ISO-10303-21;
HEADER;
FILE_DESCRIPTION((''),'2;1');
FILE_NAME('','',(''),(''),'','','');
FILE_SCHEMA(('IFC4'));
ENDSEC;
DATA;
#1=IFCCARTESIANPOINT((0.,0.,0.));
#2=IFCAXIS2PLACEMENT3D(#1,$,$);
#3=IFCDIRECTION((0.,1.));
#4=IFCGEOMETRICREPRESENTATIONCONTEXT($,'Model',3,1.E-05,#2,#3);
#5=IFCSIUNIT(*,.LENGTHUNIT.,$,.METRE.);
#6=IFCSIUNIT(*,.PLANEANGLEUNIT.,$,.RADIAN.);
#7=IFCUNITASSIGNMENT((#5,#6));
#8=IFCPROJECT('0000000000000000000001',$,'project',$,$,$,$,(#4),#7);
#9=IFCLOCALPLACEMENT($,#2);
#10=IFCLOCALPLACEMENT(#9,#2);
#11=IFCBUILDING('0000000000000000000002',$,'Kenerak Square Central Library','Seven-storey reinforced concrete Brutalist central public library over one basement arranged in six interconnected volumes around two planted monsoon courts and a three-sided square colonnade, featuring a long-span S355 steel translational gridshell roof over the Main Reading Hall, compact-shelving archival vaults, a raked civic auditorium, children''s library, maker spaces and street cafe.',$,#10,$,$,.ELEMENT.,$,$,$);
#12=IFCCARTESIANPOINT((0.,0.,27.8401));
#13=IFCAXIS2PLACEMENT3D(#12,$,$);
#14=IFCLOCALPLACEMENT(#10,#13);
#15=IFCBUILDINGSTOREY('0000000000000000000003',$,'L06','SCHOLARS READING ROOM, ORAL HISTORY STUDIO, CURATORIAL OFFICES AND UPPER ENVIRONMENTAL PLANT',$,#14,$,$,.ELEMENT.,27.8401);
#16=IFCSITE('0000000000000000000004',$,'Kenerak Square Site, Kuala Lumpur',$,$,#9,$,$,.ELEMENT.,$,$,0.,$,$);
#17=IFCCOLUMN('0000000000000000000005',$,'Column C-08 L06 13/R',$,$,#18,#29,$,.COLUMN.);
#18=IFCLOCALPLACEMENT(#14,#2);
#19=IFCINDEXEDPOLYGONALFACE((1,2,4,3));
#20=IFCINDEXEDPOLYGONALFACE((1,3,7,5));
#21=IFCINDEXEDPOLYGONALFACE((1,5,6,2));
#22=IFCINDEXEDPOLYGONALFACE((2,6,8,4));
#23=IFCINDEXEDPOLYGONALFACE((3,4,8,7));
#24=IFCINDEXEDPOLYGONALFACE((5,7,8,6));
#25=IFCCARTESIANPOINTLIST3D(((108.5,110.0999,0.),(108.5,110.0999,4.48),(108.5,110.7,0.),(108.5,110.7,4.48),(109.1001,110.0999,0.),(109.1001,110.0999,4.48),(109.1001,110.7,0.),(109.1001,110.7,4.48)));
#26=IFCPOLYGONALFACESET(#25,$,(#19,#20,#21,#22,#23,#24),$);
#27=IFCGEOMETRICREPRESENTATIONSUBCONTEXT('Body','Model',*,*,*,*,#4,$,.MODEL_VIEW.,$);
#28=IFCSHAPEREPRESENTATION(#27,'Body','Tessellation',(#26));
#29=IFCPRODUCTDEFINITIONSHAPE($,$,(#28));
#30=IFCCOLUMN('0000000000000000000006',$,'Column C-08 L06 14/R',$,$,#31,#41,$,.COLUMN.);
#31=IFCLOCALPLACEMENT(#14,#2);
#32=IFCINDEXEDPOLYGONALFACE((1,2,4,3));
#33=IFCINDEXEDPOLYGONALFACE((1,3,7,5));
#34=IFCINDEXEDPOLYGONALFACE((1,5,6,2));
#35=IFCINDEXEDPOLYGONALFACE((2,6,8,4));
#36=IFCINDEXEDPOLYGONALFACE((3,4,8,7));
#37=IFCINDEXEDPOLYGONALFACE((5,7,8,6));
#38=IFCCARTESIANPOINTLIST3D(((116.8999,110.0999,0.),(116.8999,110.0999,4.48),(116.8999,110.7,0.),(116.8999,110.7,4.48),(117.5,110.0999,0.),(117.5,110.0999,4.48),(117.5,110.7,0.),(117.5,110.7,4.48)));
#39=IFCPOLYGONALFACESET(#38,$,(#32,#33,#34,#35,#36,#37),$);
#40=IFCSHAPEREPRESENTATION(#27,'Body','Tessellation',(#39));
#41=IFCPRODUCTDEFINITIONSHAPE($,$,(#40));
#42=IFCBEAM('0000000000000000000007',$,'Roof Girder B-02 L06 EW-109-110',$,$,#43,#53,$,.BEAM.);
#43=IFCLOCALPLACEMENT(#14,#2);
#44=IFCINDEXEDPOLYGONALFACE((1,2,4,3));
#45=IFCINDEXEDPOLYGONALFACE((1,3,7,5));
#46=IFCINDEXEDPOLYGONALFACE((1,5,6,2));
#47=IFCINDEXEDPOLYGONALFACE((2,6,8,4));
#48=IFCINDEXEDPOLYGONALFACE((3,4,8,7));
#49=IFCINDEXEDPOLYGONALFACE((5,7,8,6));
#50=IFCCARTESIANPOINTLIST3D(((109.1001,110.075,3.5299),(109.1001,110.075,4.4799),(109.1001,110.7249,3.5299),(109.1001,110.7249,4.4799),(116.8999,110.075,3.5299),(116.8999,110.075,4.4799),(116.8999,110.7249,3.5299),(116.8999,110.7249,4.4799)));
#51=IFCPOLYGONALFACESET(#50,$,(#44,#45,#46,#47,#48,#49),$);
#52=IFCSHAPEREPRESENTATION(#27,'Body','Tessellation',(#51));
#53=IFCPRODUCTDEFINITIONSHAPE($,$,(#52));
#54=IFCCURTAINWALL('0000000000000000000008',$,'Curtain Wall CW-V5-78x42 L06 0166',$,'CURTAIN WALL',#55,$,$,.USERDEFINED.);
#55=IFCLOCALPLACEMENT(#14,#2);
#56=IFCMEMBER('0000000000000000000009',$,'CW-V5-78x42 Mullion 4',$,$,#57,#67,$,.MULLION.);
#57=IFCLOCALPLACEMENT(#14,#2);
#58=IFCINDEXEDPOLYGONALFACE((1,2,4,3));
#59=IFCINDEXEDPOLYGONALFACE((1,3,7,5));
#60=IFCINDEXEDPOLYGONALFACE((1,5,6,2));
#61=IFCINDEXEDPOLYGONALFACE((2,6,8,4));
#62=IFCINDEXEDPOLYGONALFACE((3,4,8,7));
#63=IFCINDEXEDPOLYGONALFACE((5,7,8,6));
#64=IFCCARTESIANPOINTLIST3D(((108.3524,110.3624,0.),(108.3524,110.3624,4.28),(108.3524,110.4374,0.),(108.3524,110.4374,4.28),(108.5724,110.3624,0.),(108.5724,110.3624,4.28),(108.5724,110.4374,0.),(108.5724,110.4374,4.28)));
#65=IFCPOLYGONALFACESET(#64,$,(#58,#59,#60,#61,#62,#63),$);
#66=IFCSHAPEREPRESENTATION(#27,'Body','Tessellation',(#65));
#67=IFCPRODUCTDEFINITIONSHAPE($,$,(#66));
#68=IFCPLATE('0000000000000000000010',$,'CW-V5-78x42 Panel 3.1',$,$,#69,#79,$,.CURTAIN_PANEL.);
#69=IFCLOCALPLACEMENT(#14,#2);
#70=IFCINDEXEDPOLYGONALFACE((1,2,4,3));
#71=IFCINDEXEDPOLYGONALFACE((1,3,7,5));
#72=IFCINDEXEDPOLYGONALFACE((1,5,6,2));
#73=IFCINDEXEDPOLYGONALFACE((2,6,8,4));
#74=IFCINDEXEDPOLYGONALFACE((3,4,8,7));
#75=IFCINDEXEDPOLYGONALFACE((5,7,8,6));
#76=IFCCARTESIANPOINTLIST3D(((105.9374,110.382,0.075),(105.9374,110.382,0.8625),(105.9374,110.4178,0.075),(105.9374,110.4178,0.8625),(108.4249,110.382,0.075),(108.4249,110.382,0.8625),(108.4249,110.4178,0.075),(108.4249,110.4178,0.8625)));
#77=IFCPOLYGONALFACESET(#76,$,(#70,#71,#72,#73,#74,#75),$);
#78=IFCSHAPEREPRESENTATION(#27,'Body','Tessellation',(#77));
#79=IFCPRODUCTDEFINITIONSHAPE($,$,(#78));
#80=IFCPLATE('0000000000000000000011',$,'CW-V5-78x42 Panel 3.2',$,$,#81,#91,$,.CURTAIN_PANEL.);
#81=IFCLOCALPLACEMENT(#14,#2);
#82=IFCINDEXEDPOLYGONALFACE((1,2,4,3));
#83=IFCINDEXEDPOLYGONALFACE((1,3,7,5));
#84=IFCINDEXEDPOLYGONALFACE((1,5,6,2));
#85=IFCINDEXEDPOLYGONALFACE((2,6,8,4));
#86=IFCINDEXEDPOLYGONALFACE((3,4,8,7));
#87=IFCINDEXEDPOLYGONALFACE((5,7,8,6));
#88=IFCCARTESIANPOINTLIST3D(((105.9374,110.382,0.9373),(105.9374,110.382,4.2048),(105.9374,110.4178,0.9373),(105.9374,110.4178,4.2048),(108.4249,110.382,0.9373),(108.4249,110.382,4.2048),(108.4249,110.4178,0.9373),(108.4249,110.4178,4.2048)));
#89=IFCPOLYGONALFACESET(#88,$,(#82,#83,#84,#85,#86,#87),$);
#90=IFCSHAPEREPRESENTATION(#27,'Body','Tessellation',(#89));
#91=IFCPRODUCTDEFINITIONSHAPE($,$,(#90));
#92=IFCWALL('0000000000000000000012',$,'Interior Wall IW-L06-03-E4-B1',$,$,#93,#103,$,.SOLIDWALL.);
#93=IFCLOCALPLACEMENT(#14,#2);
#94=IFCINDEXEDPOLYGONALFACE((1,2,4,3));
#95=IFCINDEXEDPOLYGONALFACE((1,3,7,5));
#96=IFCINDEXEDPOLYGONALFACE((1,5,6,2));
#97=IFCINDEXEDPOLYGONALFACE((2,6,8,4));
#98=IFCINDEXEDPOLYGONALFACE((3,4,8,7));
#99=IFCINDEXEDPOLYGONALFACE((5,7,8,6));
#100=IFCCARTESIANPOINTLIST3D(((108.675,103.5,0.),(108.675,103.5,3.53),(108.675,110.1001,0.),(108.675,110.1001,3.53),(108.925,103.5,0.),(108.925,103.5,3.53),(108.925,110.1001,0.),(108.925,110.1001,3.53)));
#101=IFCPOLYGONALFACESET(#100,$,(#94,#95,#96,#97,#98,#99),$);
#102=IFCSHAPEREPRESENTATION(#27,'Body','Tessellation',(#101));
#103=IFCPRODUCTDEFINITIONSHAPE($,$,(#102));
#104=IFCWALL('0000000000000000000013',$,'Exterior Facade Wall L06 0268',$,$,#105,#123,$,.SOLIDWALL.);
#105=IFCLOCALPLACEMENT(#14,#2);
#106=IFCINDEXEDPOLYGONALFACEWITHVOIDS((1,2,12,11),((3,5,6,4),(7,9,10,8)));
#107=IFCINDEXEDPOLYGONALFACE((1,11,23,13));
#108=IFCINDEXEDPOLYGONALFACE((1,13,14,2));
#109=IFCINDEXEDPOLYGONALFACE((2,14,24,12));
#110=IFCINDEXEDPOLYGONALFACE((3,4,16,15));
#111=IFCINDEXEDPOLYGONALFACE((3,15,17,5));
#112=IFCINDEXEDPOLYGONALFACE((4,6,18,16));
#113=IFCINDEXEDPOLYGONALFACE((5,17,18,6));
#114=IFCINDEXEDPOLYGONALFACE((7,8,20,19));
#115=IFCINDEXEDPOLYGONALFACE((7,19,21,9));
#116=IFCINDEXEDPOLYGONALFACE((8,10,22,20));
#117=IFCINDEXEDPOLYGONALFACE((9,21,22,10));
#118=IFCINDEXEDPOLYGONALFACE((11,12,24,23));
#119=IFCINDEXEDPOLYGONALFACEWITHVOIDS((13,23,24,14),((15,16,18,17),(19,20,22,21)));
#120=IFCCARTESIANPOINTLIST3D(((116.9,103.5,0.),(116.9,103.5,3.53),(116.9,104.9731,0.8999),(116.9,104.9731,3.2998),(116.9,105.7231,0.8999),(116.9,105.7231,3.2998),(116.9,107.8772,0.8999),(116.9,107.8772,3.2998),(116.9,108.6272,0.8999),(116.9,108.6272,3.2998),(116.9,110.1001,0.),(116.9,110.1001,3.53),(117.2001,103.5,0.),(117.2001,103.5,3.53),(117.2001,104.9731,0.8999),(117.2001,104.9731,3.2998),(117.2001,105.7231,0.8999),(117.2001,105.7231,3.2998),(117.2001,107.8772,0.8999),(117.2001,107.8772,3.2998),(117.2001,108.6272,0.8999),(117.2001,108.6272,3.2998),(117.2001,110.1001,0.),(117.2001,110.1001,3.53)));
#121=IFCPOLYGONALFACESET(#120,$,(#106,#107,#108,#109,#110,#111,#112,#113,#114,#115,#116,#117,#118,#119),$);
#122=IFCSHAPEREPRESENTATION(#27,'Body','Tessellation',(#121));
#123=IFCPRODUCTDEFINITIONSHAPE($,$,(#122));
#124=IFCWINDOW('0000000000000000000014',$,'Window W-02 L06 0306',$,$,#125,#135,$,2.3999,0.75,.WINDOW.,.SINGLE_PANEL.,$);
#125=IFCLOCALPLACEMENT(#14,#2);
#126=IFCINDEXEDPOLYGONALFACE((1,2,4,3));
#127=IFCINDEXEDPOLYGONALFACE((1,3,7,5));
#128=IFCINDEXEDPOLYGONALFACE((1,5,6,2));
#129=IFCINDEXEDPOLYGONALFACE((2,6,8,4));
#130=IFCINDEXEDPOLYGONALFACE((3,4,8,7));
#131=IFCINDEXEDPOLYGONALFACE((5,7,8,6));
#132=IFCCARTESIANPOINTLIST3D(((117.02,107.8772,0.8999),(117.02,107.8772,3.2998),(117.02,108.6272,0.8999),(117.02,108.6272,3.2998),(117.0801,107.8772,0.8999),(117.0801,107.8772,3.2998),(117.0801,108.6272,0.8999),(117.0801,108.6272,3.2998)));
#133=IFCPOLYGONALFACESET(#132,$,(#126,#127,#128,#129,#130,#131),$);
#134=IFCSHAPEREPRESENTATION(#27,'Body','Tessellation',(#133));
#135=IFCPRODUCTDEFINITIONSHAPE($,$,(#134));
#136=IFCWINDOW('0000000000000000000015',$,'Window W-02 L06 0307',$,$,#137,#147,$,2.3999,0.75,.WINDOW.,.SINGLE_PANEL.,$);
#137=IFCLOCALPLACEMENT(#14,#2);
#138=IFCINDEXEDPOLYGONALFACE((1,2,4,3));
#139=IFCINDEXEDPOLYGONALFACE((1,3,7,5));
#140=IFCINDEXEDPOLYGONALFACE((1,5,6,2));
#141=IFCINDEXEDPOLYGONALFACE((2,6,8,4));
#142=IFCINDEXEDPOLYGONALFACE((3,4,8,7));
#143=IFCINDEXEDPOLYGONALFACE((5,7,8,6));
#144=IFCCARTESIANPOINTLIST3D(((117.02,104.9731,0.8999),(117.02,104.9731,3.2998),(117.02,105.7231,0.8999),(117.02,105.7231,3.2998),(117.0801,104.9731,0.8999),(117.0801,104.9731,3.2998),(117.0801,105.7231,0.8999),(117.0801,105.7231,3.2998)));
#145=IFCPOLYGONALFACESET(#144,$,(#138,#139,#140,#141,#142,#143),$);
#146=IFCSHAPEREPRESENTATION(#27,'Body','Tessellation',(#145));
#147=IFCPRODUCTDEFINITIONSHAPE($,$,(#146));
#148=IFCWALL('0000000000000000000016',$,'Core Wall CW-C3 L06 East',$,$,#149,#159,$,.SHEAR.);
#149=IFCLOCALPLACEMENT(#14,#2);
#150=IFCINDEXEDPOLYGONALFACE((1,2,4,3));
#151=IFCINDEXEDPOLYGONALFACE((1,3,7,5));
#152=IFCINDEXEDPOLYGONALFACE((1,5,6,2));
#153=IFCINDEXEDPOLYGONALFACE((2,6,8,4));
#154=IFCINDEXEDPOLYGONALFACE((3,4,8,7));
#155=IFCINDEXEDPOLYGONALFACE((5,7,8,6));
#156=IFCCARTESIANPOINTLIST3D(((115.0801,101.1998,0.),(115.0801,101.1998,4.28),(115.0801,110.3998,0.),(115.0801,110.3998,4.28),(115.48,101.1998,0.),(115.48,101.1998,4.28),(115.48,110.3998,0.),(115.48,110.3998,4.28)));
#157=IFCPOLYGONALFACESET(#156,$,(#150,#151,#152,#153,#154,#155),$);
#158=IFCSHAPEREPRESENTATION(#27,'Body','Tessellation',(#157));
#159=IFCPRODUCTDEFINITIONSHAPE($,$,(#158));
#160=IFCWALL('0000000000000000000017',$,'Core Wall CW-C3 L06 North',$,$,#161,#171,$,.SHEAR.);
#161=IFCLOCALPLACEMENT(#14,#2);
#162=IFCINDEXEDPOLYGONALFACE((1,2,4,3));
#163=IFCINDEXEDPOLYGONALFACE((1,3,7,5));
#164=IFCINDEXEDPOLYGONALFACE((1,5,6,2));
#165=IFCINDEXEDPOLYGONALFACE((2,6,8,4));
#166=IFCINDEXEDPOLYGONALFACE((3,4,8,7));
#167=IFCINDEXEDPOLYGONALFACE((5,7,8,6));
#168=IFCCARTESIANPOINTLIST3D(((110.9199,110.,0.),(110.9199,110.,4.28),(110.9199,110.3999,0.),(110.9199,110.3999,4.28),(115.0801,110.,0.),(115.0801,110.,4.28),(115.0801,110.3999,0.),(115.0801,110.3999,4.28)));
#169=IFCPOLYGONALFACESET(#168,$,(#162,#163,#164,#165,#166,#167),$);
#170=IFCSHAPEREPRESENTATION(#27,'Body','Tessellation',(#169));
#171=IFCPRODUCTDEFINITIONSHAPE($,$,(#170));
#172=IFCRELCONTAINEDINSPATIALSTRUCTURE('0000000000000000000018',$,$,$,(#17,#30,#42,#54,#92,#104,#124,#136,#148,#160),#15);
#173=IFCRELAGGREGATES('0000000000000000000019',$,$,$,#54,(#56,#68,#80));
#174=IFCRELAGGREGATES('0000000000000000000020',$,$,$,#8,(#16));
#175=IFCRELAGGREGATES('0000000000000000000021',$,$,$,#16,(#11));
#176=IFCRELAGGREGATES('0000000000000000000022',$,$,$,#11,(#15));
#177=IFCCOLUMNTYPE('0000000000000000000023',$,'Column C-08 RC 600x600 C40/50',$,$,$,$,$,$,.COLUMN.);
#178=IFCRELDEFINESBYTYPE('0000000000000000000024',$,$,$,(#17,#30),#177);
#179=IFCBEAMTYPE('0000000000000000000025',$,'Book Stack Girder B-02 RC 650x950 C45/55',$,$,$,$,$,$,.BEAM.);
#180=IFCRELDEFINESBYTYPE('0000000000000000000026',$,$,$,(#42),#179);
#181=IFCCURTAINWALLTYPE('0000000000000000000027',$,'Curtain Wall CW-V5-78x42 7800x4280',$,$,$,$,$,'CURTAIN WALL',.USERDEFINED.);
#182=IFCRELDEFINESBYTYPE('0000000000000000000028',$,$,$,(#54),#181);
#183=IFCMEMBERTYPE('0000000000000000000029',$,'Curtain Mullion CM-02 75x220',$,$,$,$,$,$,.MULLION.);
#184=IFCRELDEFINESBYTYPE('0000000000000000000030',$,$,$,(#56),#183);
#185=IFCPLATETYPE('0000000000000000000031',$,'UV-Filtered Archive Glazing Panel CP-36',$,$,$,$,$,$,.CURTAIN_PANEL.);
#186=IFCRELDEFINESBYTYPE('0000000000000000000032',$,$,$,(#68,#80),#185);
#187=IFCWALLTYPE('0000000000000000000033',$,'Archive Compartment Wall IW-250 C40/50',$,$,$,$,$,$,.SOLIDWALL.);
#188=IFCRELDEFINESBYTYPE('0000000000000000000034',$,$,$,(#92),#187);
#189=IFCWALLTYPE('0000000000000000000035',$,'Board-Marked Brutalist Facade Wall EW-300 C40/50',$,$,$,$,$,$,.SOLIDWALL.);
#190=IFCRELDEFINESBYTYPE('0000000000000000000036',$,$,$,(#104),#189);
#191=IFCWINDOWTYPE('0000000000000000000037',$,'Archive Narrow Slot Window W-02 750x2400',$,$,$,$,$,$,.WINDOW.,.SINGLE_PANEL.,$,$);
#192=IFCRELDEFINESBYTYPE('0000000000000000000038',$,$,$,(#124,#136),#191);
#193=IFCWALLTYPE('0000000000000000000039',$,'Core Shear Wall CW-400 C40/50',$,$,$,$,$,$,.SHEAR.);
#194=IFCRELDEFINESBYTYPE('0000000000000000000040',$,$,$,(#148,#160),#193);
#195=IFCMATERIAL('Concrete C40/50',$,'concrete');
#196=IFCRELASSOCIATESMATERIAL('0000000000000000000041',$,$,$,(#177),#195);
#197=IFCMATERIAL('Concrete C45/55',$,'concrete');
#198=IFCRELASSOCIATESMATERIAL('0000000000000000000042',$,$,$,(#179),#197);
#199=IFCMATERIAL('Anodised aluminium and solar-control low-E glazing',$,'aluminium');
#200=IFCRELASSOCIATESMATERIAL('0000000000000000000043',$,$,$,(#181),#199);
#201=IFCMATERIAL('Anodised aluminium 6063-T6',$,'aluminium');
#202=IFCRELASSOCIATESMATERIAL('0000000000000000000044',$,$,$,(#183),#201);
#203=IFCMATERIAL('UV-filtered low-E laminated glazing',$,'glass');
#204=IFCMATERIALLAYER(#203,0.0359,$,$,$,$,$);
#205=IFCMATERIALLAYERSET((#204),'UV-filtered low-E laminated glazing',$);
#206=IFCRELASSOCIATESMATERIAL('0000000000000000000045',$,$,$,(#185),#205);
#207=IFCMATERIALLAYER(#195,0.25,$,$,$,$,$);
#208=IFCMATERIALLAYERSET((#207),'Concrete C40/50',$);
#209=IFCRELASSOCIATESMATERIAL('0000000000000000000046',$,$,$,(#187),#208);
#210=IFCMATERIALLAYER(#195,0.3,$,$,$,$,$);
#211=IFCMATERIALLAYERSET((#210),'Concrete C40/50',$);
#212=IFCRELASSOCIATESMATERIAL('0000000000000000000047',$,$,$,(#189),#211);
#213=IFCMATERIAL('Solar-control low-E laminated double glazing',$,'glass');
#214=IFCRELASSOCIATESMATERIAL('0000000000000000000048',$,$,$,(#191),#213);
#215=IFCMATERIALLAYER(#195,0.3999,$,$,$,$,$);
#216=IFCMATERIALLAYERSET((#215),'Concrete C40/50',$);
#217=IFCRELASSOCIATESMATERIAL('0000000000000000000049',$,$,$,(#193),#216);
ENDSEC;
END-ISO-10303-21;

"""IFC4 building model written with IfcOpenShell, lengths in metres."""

from ifc_helpers import new_model, si_unit, direction, frame, frame_2d, origin, origin_2d, place, context, subcontext, project, spatial, rectangle, extrude, material, layer, layer_set, material_profile, profile_set, type_object, element, fill, aggregate, save


model = new_model("IFC4")

# Units and contexts
model_context = context("Model", 3, precision=1e-05, world=origin(), true_north=direction((0.0, 1.0)))
body_context = subcontext(model_context, "Body", "Model", "MODEL_VIEW")
ifc_project = project(units=[si_unit("LENGTHUNIT", "METRE"), si_unit("PLANEANGLEUNIT", "RADIAN")], contexts=[model_context])

# Site, building, storey
site_placement = place(None, origin())
site = spatial("IfcSite", under=ifc_project, at=site_placement, Name="Kenerak Square Site, Kuala Lumpur", CompositionType="ELEMENT", RefElevation=0.0)
building_placement = place(site_placement, origin())
building = spatial("IfcBuilding", under=site, at=building_placement, Name="Kenerak Square Central Library", Description="Seven-storey reinforced concrete Brutalist central public library over one basement arranged in six interconnected volumes around two planted monsoon courts and a three-sided square colonnade, featuring a long-span S355 steel translational gridshell roof over the Main Reading Hall, compact-shelving archival vaults, a raked civic auditorium, children's library, maker spaces and street cafe.", CompositionType="ELEMENT")
storey_placement = place(building_placement, frame((0.0, 0.0, 27.8401)))
storey = spatial("IfcBuildingStorey", under=building, at=storey_placement, Name="L06", Description="SCHOLARS READING ROOM, ORAL HISTORY STUDIO, CURATORIAL OFFICES AND UPPER ENVIRONMENTAL PLANT", CompositionType="ELEMENT", Elevation=27.8401)

# Columns
ifc_material_1 = material(Name="Concrete C40/50", Category="concrete")
ifc_material_profile_1 = material_profile(ifc_material_1, rectangle(XDim=0.6001, YDim=0.6001, at=origin_2d()), Name="RC 600x600")
ifc_profile_set_1 = profile_set([ifc_material_profile_1], Name="Concrete C40/50")
column_type = type_object("IfcColumnType", Name="Column C-08 RC 600x600 C40/50", PredefinedType="COLUMN", material=ifc_profile_set_1)
for number, where, z_axis, x_axis, name in (
    (1, (108.8, 110.3999, 0.0), (0.0, 0.0, 1.0), (1.0, 0.0, 0.0), "Column C-08 L06 13/R"),
    (2, (117.2, 110.3999, 0.0), (0.0, 0.0, 1.0), (1.0, 0.0, 0.0), "Column C-08 L06 14/R"),
):
    element("IfcColumn", number, at=place(storey_placement, frame(where, z_axis=z_axis, x_axis=x_axis)), inside=storey, type_object=column_type, Name=name, PredefinedType="COLUMN", context=body_context, shape_type="SweptSolid", body=[
        extrude(rectangle(XDim=0.6001, YDim=0.6001, at=origin_2d()), origin(), (0.0, 0.0, 1.0), 4.48),
    ])

# Beam
ifc_material_2 = material(Name="Concrete C45/55", Category="concrete")
ifc_material_profile_2 = material_profile(ifc_material_2, rectangle(XDim=0.6499, YDim=0.95, at=origin_2d()), Name="RC 650x950")
ifc_profile_set_2 = profile_set([ifc_material_profile_2], Name="Concrete C45/55")
beam_type = type_object("IfcBeamType", Name="Book Stack Girder B-02 RC 650x950 C45/55", PredefinedType="BEAM", material=ifc_profile_set_2)
beam_placement = place(storey_placement, frame((109.1001, 110.3999, 4.0049), z_axis=(1.0, 0.0, 0.0), x_axis=(0.0, 1.0, 0.0)))
element("IfcBeam", 3, at=beam_placement, inside=storey, type_object=beam_type, Name="Roof Girder B-02 L06 EW-109-110", PredefinedType="BEAM", context=body_context, shape_type="SweptSolid", body=[
    extrude(rectangle(XDim=0.6499, YDim=0.95, at=origin_2d()), origin(), (0.0, 0.0, 1.0), 7.7998),
])

# Curtain wall, member, plates
ifc_material_3 = material(Name="Anodised aluminium and solar-control low-E glazing", Category="aluminium")
curtain_wall_type = type_object("IfcCurtainWallType", Name="Curtain Wall CW-V5-78x42 7800x4280", ElementType="CURTAIN WALL", PredefinedType="USERDEFINED", material=ifc_material_3)
curtain_wall_placement = place(storey_placement, origin())
curtain_wall = element("IfcCurtainWall", 4, at=curtain_wall_placement, inside=storey, type_object=curtain_wall_type, Name="Curtain Wall CW-V5-78x42 L06 0166", ObjectType="CURTAIN WALL", PredefinedType="USERDEFINED")
ifc_material_4 = material(Name="Anodised aluminium 6063-T6", Category="aluminium")
ifc_material_profile_3 = material_profile(ifc_material_4, rectangle(XDim=0.075, YDim=0.22, at=origin_2d()), Name="AL MULLION 75x220")
ifc_profile_set_3 = profile_set([ifc_material_profile_3], Name="Anodised aluminium 6063-T6")
member_type = type_object("IfcMemberType", Name="Curtain Mullion CM-02 75x220", PredefinedType="MULLION", material=ifc_profile_set_3)
member_placement = place(storey_placement, frame((108.4624, 110.3999, 0.0), z_axis=(0.0, 0.0, 1.0), x_axis=(0.0, 1.0, 0.0)))
member = element("IfcMember", 5, at=member_placement, type_object=member_type, Name="CW-V5-78x42 Mullion 4", PredefinedType="MULLION", context=body_context, shape_type="SweptSolid", body=[
    extrude(rectangle(XDim=0.075, YDim=0.22, at=origin_2d()), origin(), (0.0, 0.0, 1.0), 4.28),
])
ifc_material_5 = material(Name="UV-filtered low-E laminated glazing", Category="glass")
ifc_layer_1 = layer(ifc_material_5, 0.0359)
ifc_layer_set_1 = layer_set([ifc_layer_1], Name="UV-filtered low-E laminated glazing")
plate_type = type_object("IfcPlateType", Name="UV-Filtered Archive Glazing Panel CP-36", PredefinedType="CURTAIN_PANEL", material=ifc_layer_set_1)
plate_1_placement = place(storey_placement, frame((107.1812, 110.3999, 0.075), z_axis=(0.0, 0.0, 1.0), x_axis=(1.0, 0.0, 0.0)))
plate_1 = element("IfcPlate", 6, at=plate_1_placement, type_object=plate_type, Name="CW-V5-78x42 Panel 3.1", PredefinedType="CURTAIN_PANEL", context=body_context, shape_type="SweptSolid", body=[
    extrude(rectangle(XDim=2.4875, YDim=0.0359, at=origin_2d()), origin(), (0.0, 0.0, 1.0), 0.7876),
])
plate_2_placement = place(storey_placement, frame((107.1812, 110.3999, 0.9373), z_axis=(0.0, 0.0, 1.0), x_axis=(1.0, 0.0, 0.0)))
plate_2 = element("IfcPlate", 7, at=plate_2_placement, type_object=plate_type, Name="CW-V5-78x42 Panel 3.2", PredefinedType="CURTAIN_PANEL", context=body_context, shape_type="SweptSolid", body=[
    extrude(rectangle(XDim=2.4875, YDim=0.0359, at=origin_2d()), origin(), (0.0, 0.0, 1.0), 3.2676),
])
aggregate(curtain_wall, [member, plate_1, plate_2])

# Wall
ifc_layer_2 = layer(ifc_material_1, 0.25)
ifc_layer_set_2 = layer_set([ifc_layer_2], Name="Concrete C40/50")
wall_type_1 = type_object("IfcWallType", Name="Archive Compartment Wall IW-250 C40/50", PredefinedType="SOLIDWALL", material=ifc_layer_set_2)
wall_1_placement = place(storey_placement, frame((108.8, 110.1001, 0.0), z_axis=(0.0, 0.0, 1.0), x_axis=(0.0, -1.0, 0.0)))
element("IfcWall", 8, at=wall_1_placement, inside=storey, type_object=wall_type_1, Name="Interior Wall IW-L06-03-E4-B1", PredefinedType="SOLIDWALL", context=body_context, shape_type="SweptSolid", body=[
    extrude(rectangle(XDim=6.6001, YDim=0.25, at=frame_2d((3.3, 0.0))), origin(), (0.0, 0.0, 1.0), 3.53),
])

# Wall, openings, windows
ifc_layer_3 = layer(ifc_material_1, 0.3)
ifc_layer_set_3 = layer_set([ifc_layer_3], Name="Concrete C40/50")
wall_type_2 = type_object("IfcWallType", Name="Board-Marked Brutalist Facade Wall EW-300 C40/50", PredefinedType="SOLIDWALL", material=ifc_layer_set_3)
wall_2_placement = place(storey_placement, frame((117.05, 110.1001, 0.0), z_axis=(0.0, 0.0, 1.0), x_axis=(0.0, -1.0, 0.0)))
wall_2 = element("IfcWall", 9, at=wall_2_placement, inside=storey, type_object=wall_type_2, Name="Exterior Facade Wall L06 0268", PredefinedType="SOLIDWALL", context=body_context, shape_type="SweptSolid", body=[
    extrude(rectangle(XDim=6.6001, YDim=0.3, at=frame_2d((3.3, 0.0))), origin(), (0.0, 0.0, 1.0), 3.53),
])
opening_1_placement = place(wall_2_placement, frame((1.4729, 0.0, 0.8999)))
opening_1 = element("IfcOpeningElement", 10, at=opening_1_placement, cuts=wall_2, PredefinedType="OPENING", context=body_context, shape_type="SweptSolid", body=[
    extrude(rectangle(XDim=0.75, YDim=2.3999, at=frame_2d((0.375, 1.2))), frame((0.0, 0.1599, 0.0), z_axis=(0.0, -1.0, 0.0), x_axis=(1.0, 0.0, 0.0)), (0.0, 0.0, 1.0), 0.3201),
])
opening_2_placement = place(wall_2_placement, frame((4.377, 0.0, 0.8999)))
opening_2 = element("IfcOpeningElement", 11, at=opening_2_placement, cuts=wall_2, PredefinedType="OPENING", context=body_context, shape_type="SweptSolid", body=[
    extrude(rectangle(XDim=0.75, YDim=2.3999, at=frame_2d((0.375, 1.2))), frame((0.0, 0.1599, 0.0), z_axis=(0.0, -1.0, 0.0), x_axis=(1.0, 0.0, 0.0)), (0.0, 0.0, 1.0), 0.3201),
])
ifc_material_6 = material(Name="Solar-control low-E laminated double glazing", Category="glass")
window_type = type_object("IfcWindowType", Name="Archive Narrow Slot Window W-02 750x2400", PartitioningType="SINGLE_PANEL", PredefinedType="WINDOW", material=ifc_material_6)
window_1_placement = place(opening_1_placement, origin())
window_1 = element("IfcWindow", 12, at=window_1_placement, inside=storey, type_object=window_type, Name="Window W-02 L06 0306", OverallHeight=2.3999, OverallWidth=0.75, PartitioningType="SINGLE_PANEL", PredefinedType="WINDOW", context=body_context, shape_type="SweptSolid", body=[
    extrude(rectangle(XDim=0.75, YDim=2.3999, at=frame_2d((0.375, 1.2))), frame((0.0, 0.03, 0.0), z_axis=(0.0, -1.0, 0.0), x_axis=(1.0, 0.0, 0.0)), (0.0, 0.0, 1.0), 0.0601),
])
fill(opening_1, window_1)
window_2_placement = place(opening_2_placement, origin())
window_2 = element("IfcWindow", 13, at=window_2_placement, inside=storey, type_object=window_type, Name="Window W-02 L06 0307", OverallHeight=2.3999, OverallWidth=0.75, PartitioningType="SINGLE_PANEL", PredefinedType="WINDOW", context=body_context, shape_type="SweptSolid", body=[
    extrude(rectangle(XDim=0.75, YDim=2.3999, at=frame_2d((0.375, 1.2))), frame((0.0, 0.03, 0.0), z_axis=(0.0, -1.0, 0.0), x_axis=(1.0, 0.0, 0.0)), (0.0, 0.0, 1.0), 0.0601),
])
fill(opening_2, window_2)

# Walls
ifc_layer_4 = layer(ifc_material_1, 0.3999)
ifc_layer_set_4 = layer_set([ifc_layer_4], Name="Concrete C40/50")
wall_type_3 = type_object("IfcWallType", Name="Core Shear Wall CW-400 C40/50", PredefinedType="SHEAR", material=ifc_layer_set_4)
wall_3_placement = place(storey_placement, frame((115.28, 110.3999, 0.0), z_axis=(0.0, 0.0, 1.0), x_axis=(0.0, -1.0, 0.0)))
element("IfcWall", 14, at=wall_3_placement, inside=storey, type_object=wall_type_3, Name="Core Wall CW-C3 L06 East", PredefinedType="SHEAR", context=body_context, shape_type="SweptSolid", body=[
    extrude(rectangle(XDim=9.2, YDim=0.3999, at=frame_2d((4.6001, 0.0))), origin(), (0.0, 0.0, 1.0), 4.28),
])
wall_4_placement = place(storey_placement, frame((110.9199, 110.2, 0.0), z_axis=(0.0, 0.0, 1.0), x_axis=(1.0, 0.0, 0.0)))
element("IfcWall", 15, at=wall_4_placement, inside=storey, type_object=wall_type_3, Name="Core Wall CW-C3 L06 North", PredefinedType="SHEAR", context=body_context, shape_type="SweptSolid", body=[
    extrude(rectangle(XDim=4.1602, YDim=0.3999, at=frame_2d((2.0801, 0.0))), origin(), (0.0, 0.0, 1.0), 4.28),
])

save(model, "model.ifc")
